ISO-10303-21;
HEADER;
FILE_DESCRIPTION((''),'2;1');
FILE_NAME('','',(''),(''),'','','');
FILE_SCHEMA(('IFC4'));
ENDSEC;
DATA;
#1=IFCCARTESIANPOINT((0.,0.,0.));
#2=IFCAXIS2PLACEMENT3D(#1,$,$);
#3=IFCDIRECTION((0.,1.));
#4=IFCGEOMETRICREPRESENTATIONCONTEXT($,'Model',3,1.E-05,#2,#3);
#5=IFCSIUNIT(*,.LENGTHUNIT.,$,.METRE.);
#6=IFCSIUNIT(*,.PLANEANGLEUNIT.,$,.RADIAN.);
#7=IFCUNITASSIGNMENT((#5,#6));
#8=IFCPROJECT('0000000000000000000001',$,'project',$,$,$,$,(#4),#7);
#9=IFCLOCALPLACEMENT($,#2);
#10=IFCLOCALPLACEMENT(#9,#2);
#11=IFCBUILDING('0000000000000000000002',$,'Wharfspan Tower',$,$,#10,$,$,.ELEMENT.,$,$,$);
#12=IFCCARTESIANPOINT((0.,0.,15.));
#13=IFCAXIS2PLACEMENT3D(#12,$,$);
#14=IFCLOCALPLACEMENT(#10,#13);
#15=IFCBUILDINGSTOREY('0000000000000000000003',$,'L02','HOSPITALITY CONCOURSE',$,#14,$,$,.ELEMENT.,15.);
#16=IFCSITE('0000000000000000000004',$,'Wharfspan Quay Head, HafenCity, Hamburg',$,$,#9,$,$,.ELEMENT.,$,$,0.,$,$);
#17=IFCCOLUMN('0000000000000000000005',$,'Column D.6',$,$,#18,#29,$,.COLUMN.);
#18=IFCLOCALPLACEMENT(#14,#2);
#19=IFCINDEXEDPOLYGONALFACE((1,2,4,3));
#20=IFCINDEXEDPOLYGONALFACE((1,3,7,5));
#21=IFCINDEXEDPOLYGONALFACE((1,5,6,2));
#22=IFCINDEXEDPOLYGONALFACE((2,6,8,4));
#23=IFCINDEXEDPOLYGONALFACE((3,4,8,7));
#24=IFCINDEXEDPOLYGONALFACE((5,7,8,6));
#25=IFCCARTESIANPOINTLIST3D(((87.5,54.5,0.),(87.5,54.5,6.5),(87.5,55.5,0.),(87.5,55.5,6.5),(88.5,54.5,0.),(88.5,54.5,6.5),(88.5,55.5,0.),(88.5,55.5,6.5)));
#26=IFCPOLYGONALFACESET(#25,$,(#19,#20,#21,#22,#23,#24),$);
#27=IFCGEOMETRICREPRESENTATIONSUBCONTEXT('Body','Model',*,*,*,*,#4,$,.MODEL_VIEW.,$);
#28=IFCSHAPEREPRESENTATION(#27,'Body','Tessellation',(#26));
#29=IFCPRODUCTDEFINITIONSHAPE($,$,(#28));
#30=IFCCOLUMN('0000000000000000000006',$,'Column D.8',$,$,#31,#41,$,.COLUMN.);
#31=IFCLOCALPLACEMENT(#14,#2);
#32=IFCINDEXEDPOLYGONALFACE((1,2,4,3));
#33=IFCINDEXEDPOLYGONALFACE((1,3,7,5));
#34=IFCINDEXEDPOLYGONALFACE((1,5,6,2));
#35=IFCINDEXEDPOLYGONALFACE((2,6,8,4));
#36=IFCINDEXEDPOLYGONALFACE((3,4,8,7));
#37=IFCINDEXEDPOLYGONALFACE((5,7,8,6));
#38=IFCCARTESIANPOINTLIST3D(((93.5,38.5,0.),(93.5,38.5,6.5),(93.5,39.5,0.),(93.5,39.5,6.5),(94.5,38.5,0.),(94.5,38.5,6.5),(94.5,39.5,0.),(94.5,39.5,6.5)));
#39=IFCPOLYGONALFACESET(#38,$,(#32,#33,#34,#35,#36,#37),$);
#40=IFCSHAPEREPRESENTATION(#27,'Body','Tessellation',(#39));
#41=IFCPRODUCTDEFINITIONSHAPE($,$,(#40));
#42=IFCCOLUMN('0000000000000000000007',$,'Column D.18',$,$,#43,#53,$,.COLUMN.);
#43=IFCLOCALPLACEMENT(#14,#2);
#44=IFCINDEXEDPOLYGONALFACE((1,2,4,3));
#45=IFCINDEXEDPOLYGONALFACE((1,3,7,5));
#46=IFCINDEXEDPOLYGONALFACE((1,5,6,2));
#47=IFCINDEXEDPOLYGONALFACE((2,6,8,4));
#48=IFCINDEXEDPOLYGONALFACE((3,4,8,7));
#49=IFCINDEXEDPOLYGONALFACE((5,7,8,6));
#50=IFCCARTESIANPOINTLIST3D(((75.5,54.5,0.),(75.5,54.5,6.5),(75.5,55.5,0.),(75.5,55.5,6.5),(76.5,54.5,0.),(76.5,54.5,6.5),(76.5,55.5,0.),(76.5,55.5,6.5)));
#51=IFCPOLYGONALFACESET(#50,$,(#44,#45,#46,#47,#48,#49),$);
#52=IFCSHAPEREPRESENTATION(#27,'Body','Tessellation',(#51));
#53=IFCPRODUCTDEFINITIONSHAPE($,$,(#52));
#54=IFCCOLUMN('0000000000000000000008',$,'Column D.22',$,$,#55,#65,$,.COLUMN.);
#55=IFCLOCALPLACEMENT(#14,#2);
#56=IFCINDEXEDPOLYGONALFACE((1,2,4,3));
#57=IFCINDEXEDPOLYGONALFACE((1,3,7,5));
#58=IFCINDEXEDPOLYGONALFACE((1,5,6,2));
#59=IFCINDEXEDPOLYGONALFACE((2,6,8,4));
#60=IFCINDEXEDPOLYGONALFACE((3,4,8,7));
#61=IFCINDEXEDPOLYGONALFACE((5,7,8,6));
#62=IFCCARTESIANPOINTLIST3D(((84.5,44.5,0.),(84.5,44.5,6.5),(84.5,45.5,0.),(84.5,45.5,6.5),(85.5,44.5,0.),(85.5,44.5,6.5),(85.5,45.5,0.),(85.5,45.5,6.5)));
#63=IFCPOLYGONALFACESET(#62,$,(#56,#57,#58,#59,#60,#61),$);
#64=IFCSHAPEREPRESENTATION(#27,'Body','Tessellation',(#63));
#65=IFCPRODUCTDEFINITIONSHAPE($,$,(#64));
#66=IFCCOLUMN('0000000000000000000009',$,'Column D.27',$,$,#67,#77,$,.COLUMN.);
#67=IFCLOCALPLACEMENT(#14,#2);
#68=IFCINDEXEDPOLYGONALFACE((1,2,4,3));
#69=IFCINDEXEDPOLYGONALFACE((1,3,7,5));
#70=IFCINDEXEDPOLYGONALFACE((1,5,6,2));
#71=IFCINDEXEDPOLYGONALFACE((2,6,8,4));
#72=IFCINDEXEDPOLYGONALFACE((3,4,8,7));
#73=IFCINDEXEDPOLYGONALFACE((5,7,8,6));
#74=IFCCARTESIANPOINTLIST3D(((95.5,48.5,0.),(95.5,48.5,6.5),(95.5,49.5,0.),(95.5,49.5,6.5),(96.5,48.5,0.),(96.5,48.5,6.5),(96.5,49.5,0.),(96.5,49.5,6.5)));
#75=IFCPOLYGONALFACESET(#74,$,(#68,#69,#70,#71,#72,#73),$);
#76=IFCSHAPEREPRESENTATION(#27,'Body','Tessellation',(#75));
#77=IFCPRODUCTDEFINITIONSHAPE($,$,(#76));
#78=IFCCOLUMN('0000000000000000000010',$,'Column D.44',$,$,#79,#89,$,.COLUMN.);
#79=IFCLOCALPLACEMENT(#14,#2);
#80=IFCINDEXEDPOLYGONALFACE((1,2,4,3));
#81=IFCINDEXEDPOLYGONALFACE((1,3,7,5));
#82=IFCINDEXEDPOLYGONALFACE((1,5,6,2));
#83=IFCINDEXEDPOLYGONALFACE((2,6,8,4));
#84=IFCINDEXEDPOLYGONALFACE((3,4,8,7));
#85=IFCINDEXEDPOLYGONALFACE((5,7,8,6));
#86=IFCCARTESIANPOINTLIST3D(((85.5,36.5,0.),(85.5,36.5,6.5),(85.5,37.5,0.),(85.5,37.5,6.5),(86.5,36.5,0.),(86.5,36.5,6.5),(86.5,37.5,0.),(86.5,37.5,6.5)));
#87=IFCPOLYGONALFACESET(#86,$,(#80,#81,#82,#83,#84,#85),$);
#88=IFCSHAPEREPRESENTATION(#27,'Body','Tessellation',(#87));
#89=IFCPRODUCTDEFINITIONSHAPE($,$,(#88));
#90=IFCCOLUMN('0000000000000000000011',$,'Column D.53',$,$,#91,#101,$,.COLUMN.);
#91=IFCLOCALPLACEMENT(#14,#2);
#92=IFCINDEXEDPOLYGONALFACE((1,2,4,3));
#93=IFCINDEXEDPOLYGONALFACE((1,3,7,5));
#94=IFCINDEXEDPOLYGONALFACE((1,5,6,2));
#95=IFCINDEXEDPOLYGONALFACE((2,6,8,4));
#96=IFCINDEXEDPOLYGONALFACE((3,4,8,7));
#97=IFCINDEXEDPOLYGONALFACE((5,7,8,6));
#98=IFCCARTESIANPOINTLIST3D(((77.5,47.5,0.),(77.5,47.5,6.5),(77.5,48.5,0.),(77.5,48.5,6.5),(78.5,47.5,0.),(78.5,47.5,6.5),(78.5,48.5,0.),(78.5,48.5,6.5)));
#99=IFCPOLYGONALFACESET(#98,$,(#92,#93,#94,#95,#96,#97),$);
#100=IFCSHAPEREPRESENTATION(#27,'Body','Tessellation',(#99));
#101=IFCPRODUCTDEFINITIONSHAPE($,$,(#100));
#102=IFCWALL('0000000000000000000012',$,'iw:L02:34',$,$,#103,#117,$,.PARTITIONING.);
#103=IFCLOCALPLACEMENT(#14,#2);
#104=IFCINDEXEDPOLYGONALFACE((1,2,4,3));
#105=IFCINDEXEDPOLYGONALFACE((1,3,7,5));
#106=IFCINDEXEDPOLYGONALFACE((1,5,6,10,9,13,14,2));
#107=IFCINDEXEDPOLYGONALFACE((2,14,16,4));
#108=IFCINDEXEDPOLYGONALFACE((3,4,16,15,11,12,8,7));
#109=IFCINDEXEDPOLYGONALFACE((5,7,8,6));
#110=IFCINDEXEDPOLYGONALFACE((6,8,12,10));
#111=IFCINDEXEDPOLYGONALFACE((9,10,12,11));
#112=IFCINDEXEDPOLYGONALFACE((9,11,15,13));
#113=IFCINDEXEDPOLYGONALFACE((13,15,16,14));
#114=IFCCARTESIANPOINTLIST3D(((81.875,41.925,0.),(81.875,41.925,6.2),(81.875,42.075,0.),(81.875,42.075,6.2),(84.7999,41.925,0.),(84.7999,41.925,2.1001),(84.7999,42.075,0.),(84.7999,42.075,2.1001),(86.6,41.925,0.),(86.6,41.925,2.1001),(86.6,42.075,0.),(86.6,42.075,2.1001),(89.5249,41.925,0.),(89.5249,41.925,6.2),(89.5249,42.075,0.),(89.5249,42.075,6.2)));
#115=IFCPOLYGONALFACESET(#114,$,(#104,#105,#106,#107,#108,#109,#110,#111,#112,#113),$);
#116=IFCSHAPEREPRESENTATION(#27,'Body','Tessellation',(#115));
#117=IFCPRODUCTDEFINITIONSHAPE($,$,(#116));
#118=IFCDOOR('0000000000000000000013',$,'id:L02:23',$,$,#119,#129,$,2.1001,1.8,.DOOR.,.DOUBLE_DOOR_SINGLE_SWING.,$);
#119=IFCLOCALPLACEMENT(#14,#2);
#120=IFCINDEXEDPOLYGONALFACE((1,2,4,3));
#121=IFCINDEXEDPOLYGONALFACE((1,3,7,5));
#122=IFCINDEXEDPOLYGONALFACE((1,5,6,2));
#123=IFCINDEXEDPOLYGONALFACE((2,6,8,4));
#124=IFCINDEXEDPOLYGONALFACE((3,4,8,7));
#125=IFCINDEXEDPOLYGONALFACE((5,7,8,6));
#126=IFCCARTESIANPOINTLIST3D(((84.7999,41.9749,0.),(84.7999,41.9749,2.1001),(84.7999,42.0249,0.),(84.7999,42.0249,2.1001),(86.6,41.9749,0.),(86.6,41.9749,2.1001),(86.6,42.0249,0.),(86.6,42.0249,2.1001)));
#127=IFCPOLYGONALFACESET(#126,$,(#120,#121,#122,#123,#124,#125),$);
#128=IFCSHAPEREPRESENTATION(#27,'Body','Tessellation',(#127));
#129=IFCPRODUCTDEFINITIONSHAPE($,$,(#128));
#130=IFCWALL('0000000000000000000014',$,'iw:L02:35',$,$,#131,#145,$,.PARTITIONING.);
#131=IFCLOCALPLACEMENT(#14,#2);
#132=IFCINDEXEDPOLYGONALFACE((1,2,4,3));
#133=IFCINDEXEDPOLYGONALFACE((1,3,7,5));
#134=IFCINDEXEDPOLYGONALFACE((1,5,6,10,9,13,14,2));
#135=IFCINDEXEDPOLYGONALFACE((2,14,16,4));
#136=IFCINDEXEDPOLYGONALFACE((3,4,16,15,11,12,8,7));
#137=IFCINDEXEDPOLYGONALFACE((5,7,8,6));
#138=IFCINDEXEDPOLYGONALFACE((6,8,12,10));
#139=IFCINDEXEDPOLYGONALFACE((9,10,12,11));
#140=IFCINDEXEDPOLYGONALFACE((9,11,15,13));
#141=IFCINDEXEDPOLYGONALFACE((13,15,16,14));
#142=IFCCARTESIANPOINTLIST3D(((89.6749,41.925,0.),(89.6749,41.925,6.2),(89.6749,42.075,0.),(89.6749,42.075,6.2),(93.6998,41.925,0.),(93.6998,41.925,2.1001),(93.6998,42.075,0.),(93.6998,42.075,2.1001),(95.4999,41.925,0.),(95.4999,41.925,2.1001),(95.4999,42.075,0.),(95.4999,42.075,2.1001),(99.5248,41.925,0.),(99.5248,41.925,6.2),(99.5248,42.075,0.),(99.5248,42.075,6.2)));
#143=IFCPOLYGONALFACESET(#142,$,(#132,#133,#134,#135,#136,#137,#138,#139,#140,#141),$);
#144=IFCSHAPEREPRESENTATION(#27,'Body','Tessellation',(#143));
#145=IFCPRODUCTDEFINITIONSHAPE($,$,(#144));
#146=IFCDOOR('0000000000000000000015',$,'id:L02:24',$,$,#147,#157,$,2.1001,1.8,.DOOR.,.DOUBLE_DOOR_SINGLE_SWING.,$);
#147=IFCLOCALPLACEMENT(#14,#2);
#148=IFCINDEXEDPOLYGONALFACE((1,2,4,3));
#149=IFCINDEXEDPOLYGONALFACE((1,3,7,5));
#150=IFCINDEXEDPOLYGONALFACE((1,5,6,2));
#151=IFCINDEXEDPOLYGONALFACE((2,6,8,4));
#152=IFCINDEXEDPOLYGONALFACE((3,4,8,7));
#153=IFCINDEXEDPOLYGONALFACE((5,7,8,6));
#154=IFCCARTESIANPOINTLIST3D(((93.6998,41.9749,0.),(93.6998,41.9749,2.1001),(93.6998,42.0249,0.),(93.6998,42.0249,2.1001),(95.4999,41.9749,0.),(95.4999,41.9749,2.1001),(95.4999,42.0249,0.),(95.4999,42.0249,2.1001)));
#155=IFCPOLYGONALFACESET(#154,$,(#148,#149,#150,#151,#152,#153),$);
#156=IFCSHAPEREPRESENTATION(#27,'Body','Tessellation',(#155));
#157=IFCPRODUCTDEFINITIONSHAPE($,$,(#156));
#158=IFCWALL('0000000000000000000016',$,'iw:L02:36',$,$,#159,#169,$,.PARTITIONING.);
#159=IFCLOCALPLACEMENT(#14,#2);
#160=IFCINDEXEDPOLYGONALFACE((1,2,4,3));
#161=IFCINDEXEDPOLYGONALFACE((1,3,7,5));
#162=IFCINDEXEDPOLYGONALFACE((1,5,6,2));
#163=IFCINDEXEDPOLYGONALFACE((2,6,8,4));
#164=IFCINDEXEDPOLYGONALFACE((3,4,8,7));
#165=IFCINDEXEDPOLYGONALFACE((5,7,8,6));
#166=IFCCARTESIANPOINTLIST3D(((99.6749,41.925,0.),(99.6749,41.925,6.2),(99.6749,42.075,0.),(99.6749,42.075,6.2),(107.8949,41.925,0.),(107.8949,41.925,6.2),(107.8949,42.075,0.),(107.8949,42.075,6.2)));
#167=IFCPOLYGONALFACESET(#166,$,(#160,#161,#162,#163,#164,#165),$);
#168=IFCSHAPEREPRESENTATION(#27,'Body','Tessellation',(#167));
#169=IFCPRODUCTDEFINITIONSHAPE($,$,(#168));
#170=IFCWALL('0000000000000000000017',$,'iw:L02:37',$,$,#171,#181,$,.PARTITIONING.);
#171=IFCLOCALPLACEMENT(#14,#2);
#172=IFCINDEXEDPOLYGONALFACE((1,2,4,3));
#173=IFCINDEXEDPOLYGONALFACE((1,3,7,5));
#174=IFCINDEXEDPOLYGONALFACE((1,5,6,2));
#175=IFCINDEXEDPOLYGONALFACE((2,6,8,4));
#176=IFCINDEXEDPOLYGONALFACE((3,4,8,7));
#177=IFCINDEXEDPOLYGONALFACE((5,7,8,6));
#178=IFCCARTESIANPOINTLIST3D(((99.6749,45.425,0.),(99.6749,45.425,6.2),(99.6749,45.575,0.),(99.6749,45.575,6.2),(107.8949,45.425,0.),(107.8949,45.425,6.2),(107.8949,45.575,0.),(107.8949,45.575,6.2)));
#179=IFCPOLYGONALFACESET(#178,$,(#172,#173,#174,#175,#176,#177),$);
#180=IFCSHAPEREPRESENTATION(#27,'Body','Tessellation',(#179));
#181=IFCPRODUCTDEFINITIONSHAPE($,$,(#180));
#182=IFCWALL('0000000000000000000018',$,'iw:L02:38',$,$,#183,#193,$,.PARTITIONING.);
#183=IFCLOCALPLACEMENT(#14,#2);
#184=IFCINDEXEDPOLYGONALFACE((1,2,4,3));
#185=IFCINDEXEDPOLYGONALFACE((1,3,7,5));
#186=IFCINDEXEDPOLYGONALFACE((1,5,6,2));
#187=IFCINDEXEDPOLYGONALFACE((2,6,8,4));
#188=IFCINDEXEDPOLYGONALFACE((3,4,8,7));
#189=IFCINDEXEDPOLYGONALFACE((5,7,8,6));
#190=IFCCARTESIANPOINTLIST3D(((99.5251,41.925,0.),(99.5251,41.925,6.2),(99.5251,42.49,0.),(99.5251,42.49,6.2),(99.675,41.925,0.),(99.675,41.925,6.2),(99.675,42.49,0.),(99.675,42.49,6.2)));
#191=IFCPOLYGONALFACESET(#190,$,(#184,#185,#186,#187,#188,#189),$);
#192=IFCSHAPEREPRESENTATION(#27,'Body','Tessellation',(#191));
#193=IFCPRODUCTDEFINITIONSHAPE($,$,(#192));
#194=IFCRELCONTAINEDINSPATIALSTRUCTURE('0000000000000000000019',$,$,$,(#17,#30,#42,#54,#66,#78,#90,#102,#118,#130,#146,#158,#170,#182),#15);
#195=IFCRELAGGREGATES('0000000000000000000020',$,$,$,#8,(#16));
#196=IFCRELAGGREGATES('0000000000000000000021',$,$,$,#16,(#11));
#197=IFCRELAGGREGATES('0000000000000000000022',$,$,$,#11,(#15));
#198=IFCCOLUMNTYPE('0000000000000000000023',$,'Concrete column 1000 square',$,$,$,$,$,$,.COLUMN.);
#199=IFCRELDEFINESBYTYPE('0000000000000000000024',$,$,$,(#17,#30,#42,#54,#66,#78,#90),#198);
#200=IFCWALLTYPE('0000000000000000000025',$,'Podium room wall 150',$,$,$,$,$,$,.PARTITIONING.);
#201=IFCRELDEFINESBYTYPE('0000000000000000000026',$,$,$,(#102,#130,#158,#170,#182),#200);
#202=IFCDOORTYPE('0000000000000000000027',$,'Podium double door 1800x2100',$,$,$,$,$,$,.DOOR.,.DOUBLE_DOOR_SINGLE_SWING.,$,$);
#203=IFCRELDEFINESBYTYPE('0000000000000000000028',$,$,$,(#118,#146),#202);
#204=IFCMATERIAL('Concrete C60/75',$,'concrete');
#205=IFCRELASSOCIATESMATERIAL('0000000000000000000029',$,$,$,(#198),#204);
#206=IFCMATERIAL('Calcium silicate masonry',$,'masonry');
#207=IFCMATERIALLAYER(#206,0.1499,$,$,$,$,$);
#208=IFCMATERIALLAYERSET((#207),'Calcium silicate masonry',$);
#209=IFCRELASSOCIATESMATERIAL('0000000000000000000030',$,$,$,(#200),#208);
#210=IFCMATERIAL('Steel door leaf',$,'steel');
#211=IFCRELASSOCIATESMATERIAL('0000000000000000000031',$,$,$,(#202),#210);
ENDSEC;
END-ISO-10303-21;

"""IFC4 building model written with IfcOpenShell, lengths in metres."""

from ifc_helpers import new_model, si_unit, direction, frame, frame_2d, origin, origin_2d, place, context, subcontext, project, spatial, rectangle, extrude, material, layer, layer_set, material_profile, profile_set, type_object, element, fill, save


model = new_model("IFC4")

# Units and contexts
model_context = context("Model", 3, precision=1e-05, world=origin(), true_north=direction((0.0, 1.0)))
body_context = subcontext(model_context, "Body", "Model", "MODEL_VIEW")
ifc_project = project(units=[si_unit("LENGTHUNIT", "METRE"), si_unit("PLANEANGLEUNIT", "RADIAN")], contexts=[model_context])

# Site, building, storey
site_placement = place(None, origin())
site = spatial("IfcSite", under=ifc_project, at=site_placement, Name="Wharfspan Quay Head, HafenCity, Hamburg", CompositionType="ELEMENT", RefElevation=0.0)
building_placement = place(site_placement, origin())
building = spatial("IfcBuilding", under=site, at=building_placement, Name="Wharfspan Tower", CompositionType="ELEMENT")
storey_placement = place(building_placement, frame((0.0, 0.0, 15.0)))
storey = spatial("IfcBuildingStorey", under=building, at=storey_placement, Name="L02", Description="HOSPITALITY CONCOURSE", CompositionType="ELEMENT", Elevation=15.0)

# Columns
ifc_material_1 = material(Name="Concrete C60/75", Category="concrete")
ifc_material_profile = material_profile(ifc_material_1, rectangle(XDim=1.0, YDim=1.0, at=origin_2d()))
ifc_profile_set = profile_set([ifc_material_profile], Name="Concrete C60/75")
column_type = type_object("IfcColumnType", Name="Concrete column 1000 square", PredefinedType="COLUMN", material=ifc_profile_set)
for number, where, z_axis, x_axis, name in (
    (1, (88.0, 55.0, 0.0), (0.0, 0.0, 1.0), (1.0, 0.0, 0.0), "Column D.6"),
    (2, (94.0, 39.0, 0.0), (0.0, 0.0, 1.0), (1.0, 0.0, 0.0), "Column D.8"),
    (3, (76.0, 55.0, 0.0), (0.0, 0.0, 1.0), (1.0, 0.0, 0.0), "Column D.18"),
    (4, (85.0, 45.0, 0.0), (0.0, 0.0, 1.0), (1.0, 0.0, 0.0), "Column D.22"),
    (5, (96.0, 49.0, 0.0), (0.0, 0.0, 1.0), (1.0, 0.0, 0.0), "Column D.27"),
    (6, (86.0, 37.0, 0.0), (0.0, 0.0, 1.0), (1.0, 0.0, 0.0), "Column D.44"),
    (7, (78.0, 48.0, 0.0), (0.0, 0.0, 1.0), (1.0, 0.0, 0.0), "Column D.53"),
):
    element("IfcColumn", number, at=place(storey_placement, frame(where, z_axis=z_axis, x_axis=x_axis)), inside=storey, type_object=column_type, Name=name, PredefinedType="COLUMN", context=body_context, shape_type="SweptSolid", body=[
        extrude(rectangle(XDim=1.0, YDim=1.0, at=origin_2d()), origin(), (0.0, 0.0, 1.0), 6.5),
    ])

# Walls, openings, doors
ifc_material_2 = material(Name="Calcium silicate masonry", Category="masonry")
ifc_layer_1 = layer(ifc_material_2, 0.1499)
ifc_layer_set_1 = layer_set([ifc_layer_1], Name="Calcium silicate masonry")
wall_type_1 = type_object("IfcWallType", Name="Podium room wall 150", PredefinedType="PARTITIONING", material=ifc_layer_set_1)
wall_1_placement = place(storey_placement, frame((81.875, 42.0, 0.0), z_axis=(0.0, 0.0, 1.0), x_axis=(1.0, 0.0, 0.0)))
wall_1 = element("IfcWall", 8, at=wall_1_placement, inside=storey, type_object=wall_type_1, Name="iw:L02:34", PredefinedType="PARTITIONING", context=body_context, shape_type="SweptSolid", body=[
    extrude(rectangle(XDim=7.6499, YDim=0.1499, at=frame_2d((3.825, 0.0))), origin(), (0.0, 0.0, 1.0), 6.2),
])
opening_1_placement = place(wall_1_placement, frame((2.925, 0.0, 0.0)))
opening_1 = element("IfcOpeningElement", 9, at=opening_1_placement, cuts=wall_1, PredefinedType="OPENING", context=body_context, shape_type="SweptSolid", body=[
    extrude(rectangle(XDim=1.8, YDim=2.1001, at=frame_2d((0.8999, 1.05))), frame((0.0, 0.085, 0.0), z_axis=(0.0, -1.0, 0.0), x_axis=(1.0, 0.0, 0.0)), (0.0, 0.0, 1.0), 0.1699),
])
ifc_material_3 = material(Name="Steel door leaf", Category="steel")
door_type_1 = type_object("IfcDoorType", Name="Podium double door 1800x2100", OperationType="DOUBLE_DOOR_SINGLE_SWING", PredefinedType="DOOR", material=ifc_material_3)
door_1_placement = place(opening_1_placement, origin())
door_1 = element("IfcDoor", 10, at=door_1_placement, inside=storey, type_object=door_type_1, Name="id:L02:23", OperationType="DOUBLE_DOOR_SINGLE_SWING", OverallHeight=2.1001, OverallWidth=1.8, PredefinedType="DOOR", context=body_context, shape_type="SweptSolid", body=[
    extrude(rectangle(XDim=1.8, YDim=2.1001, at=frame_2d((0.8999, 1.05))), frame((0.0, 0.0249, 0.0), z_axis=(0.0, -1.0, 0.0), x_axis=(1.0, 0.0, 0.0)), (0.0, 0.0, 1.0), 0.05),
])
fill(opening_1, door_1)
wall_2_placement = place(storey_placement, frame((89.675, 42.0, 0.0), z_axis=(0.0, 0.0, 1.0), x_axis=(1.0, 0.0, 0.0)))
wall_2 = element("IfcWall", 11, at=wall_2_placement, inside=storey, type_object=wall_type_1, Name="iw:L02:35", PredefinedType="PARTITIONING", context=body_context, shape_type="SweptSolid", body=[
    extrude(rectangle(XDim=9.8499, YDim=0.1499, at=frame_2d((4.9248, 0.0))), origin(), (0.0, 0.0, 1.0), 6.2),
])
opening_2_placement = place(wall_2_placement, frame((4.0249, 0.0, 0.0)))
opening_2 = element("IfcOpeningElement", 12, at=opening_2_placement, cuts=wall_2, PredefinedType="OPENING", context=body_context, shape_type="SweptSolid", body=[
    extrude(rectangle(XDim=1.8, YDim=2.1001, at=frame_2d((0.8999, 1.05))), frame((0.0, 0.085, 0.0), z_axis=(0.0, -1.0, 0.0), x_axis=(1.0, 0.0, 0.0)), (0.0, 0.0, 1.0), 0.1699),
])
door_2_placement = place(opening_2_placement, origin())
door_2 = element("IfcDoor", 13, at=door_2_placement, inside=storey, type_object=door_type_1, Name="id:L02:24", OperationType="DOUBLE_DOOR_SINGLE_SWING", OverallHeight=2.1001, OverallWidth=1.8, PredefinedType="DOOR", context=body_context, shape_type="SweptSolid", body=[
    extrude(rectangle(XDim=1.8, YDim=2.1001, at=frame_2d((0.8999, 1.05))), frame((0.0, 0.0249, 0.0), z_axis=(0.0, -1.0, 0.0), x_axis=(1.0, 0.0, 0.0)), (0.0, 0.0, 1.0), 0.05),
])
fill(opening_2, door_2)

# Walls
for number, where, z_axis, x_axis, name in (
    (14, (99.675, 42.0, 0.0), (0.0, 0.0, 1.0), (1.0, 0.0, 0.0), "iw:L02:36"),
    (15, (99.675, 45.5, 0.0), (0.0, 0.0, 1.0), (1.0, 0.0, 0.0), "iw:L02:37"),
):
    element("IfcWall", number, at=place(storey_placement, frame(where, z_axis=z_axis, x_axis=x_axis)), inside=storey, type_object=wall_type_1, Name=name, PredefinedType="PARTITIONING", context=body_context, shape_type="SweptSolid", body=[
        extrude(rectangle(XDim=8.22, YDim=0.1499, at=frame_2d((4.1099, 0.0))), origin(), (0.0, 0.0, 1.0), 6.2),
    ])
wall_3_placement = place(storey_placement, frame((99.6001, 41.925, 0.0), z_axis=(0.0, 0.0, 1.0), x_axis=(0.0, 1.0, 0.0)))
element("IfcWall", 16, at=wall_3_placement, inside=storey, type_object=wall_type_1, Name="iw:L02:38", PredefinedType="PARTITIONING", context=body_context, shape_type="SweptSolid", body=[
    extrude(rectangle(XDim=0.5649, YDim=0.1499, at=frame_2d((0.2825, 0.0))), origin(), (0.0, 0.0, 1.0), 6.2),
])

save(model, "model.ifc")
